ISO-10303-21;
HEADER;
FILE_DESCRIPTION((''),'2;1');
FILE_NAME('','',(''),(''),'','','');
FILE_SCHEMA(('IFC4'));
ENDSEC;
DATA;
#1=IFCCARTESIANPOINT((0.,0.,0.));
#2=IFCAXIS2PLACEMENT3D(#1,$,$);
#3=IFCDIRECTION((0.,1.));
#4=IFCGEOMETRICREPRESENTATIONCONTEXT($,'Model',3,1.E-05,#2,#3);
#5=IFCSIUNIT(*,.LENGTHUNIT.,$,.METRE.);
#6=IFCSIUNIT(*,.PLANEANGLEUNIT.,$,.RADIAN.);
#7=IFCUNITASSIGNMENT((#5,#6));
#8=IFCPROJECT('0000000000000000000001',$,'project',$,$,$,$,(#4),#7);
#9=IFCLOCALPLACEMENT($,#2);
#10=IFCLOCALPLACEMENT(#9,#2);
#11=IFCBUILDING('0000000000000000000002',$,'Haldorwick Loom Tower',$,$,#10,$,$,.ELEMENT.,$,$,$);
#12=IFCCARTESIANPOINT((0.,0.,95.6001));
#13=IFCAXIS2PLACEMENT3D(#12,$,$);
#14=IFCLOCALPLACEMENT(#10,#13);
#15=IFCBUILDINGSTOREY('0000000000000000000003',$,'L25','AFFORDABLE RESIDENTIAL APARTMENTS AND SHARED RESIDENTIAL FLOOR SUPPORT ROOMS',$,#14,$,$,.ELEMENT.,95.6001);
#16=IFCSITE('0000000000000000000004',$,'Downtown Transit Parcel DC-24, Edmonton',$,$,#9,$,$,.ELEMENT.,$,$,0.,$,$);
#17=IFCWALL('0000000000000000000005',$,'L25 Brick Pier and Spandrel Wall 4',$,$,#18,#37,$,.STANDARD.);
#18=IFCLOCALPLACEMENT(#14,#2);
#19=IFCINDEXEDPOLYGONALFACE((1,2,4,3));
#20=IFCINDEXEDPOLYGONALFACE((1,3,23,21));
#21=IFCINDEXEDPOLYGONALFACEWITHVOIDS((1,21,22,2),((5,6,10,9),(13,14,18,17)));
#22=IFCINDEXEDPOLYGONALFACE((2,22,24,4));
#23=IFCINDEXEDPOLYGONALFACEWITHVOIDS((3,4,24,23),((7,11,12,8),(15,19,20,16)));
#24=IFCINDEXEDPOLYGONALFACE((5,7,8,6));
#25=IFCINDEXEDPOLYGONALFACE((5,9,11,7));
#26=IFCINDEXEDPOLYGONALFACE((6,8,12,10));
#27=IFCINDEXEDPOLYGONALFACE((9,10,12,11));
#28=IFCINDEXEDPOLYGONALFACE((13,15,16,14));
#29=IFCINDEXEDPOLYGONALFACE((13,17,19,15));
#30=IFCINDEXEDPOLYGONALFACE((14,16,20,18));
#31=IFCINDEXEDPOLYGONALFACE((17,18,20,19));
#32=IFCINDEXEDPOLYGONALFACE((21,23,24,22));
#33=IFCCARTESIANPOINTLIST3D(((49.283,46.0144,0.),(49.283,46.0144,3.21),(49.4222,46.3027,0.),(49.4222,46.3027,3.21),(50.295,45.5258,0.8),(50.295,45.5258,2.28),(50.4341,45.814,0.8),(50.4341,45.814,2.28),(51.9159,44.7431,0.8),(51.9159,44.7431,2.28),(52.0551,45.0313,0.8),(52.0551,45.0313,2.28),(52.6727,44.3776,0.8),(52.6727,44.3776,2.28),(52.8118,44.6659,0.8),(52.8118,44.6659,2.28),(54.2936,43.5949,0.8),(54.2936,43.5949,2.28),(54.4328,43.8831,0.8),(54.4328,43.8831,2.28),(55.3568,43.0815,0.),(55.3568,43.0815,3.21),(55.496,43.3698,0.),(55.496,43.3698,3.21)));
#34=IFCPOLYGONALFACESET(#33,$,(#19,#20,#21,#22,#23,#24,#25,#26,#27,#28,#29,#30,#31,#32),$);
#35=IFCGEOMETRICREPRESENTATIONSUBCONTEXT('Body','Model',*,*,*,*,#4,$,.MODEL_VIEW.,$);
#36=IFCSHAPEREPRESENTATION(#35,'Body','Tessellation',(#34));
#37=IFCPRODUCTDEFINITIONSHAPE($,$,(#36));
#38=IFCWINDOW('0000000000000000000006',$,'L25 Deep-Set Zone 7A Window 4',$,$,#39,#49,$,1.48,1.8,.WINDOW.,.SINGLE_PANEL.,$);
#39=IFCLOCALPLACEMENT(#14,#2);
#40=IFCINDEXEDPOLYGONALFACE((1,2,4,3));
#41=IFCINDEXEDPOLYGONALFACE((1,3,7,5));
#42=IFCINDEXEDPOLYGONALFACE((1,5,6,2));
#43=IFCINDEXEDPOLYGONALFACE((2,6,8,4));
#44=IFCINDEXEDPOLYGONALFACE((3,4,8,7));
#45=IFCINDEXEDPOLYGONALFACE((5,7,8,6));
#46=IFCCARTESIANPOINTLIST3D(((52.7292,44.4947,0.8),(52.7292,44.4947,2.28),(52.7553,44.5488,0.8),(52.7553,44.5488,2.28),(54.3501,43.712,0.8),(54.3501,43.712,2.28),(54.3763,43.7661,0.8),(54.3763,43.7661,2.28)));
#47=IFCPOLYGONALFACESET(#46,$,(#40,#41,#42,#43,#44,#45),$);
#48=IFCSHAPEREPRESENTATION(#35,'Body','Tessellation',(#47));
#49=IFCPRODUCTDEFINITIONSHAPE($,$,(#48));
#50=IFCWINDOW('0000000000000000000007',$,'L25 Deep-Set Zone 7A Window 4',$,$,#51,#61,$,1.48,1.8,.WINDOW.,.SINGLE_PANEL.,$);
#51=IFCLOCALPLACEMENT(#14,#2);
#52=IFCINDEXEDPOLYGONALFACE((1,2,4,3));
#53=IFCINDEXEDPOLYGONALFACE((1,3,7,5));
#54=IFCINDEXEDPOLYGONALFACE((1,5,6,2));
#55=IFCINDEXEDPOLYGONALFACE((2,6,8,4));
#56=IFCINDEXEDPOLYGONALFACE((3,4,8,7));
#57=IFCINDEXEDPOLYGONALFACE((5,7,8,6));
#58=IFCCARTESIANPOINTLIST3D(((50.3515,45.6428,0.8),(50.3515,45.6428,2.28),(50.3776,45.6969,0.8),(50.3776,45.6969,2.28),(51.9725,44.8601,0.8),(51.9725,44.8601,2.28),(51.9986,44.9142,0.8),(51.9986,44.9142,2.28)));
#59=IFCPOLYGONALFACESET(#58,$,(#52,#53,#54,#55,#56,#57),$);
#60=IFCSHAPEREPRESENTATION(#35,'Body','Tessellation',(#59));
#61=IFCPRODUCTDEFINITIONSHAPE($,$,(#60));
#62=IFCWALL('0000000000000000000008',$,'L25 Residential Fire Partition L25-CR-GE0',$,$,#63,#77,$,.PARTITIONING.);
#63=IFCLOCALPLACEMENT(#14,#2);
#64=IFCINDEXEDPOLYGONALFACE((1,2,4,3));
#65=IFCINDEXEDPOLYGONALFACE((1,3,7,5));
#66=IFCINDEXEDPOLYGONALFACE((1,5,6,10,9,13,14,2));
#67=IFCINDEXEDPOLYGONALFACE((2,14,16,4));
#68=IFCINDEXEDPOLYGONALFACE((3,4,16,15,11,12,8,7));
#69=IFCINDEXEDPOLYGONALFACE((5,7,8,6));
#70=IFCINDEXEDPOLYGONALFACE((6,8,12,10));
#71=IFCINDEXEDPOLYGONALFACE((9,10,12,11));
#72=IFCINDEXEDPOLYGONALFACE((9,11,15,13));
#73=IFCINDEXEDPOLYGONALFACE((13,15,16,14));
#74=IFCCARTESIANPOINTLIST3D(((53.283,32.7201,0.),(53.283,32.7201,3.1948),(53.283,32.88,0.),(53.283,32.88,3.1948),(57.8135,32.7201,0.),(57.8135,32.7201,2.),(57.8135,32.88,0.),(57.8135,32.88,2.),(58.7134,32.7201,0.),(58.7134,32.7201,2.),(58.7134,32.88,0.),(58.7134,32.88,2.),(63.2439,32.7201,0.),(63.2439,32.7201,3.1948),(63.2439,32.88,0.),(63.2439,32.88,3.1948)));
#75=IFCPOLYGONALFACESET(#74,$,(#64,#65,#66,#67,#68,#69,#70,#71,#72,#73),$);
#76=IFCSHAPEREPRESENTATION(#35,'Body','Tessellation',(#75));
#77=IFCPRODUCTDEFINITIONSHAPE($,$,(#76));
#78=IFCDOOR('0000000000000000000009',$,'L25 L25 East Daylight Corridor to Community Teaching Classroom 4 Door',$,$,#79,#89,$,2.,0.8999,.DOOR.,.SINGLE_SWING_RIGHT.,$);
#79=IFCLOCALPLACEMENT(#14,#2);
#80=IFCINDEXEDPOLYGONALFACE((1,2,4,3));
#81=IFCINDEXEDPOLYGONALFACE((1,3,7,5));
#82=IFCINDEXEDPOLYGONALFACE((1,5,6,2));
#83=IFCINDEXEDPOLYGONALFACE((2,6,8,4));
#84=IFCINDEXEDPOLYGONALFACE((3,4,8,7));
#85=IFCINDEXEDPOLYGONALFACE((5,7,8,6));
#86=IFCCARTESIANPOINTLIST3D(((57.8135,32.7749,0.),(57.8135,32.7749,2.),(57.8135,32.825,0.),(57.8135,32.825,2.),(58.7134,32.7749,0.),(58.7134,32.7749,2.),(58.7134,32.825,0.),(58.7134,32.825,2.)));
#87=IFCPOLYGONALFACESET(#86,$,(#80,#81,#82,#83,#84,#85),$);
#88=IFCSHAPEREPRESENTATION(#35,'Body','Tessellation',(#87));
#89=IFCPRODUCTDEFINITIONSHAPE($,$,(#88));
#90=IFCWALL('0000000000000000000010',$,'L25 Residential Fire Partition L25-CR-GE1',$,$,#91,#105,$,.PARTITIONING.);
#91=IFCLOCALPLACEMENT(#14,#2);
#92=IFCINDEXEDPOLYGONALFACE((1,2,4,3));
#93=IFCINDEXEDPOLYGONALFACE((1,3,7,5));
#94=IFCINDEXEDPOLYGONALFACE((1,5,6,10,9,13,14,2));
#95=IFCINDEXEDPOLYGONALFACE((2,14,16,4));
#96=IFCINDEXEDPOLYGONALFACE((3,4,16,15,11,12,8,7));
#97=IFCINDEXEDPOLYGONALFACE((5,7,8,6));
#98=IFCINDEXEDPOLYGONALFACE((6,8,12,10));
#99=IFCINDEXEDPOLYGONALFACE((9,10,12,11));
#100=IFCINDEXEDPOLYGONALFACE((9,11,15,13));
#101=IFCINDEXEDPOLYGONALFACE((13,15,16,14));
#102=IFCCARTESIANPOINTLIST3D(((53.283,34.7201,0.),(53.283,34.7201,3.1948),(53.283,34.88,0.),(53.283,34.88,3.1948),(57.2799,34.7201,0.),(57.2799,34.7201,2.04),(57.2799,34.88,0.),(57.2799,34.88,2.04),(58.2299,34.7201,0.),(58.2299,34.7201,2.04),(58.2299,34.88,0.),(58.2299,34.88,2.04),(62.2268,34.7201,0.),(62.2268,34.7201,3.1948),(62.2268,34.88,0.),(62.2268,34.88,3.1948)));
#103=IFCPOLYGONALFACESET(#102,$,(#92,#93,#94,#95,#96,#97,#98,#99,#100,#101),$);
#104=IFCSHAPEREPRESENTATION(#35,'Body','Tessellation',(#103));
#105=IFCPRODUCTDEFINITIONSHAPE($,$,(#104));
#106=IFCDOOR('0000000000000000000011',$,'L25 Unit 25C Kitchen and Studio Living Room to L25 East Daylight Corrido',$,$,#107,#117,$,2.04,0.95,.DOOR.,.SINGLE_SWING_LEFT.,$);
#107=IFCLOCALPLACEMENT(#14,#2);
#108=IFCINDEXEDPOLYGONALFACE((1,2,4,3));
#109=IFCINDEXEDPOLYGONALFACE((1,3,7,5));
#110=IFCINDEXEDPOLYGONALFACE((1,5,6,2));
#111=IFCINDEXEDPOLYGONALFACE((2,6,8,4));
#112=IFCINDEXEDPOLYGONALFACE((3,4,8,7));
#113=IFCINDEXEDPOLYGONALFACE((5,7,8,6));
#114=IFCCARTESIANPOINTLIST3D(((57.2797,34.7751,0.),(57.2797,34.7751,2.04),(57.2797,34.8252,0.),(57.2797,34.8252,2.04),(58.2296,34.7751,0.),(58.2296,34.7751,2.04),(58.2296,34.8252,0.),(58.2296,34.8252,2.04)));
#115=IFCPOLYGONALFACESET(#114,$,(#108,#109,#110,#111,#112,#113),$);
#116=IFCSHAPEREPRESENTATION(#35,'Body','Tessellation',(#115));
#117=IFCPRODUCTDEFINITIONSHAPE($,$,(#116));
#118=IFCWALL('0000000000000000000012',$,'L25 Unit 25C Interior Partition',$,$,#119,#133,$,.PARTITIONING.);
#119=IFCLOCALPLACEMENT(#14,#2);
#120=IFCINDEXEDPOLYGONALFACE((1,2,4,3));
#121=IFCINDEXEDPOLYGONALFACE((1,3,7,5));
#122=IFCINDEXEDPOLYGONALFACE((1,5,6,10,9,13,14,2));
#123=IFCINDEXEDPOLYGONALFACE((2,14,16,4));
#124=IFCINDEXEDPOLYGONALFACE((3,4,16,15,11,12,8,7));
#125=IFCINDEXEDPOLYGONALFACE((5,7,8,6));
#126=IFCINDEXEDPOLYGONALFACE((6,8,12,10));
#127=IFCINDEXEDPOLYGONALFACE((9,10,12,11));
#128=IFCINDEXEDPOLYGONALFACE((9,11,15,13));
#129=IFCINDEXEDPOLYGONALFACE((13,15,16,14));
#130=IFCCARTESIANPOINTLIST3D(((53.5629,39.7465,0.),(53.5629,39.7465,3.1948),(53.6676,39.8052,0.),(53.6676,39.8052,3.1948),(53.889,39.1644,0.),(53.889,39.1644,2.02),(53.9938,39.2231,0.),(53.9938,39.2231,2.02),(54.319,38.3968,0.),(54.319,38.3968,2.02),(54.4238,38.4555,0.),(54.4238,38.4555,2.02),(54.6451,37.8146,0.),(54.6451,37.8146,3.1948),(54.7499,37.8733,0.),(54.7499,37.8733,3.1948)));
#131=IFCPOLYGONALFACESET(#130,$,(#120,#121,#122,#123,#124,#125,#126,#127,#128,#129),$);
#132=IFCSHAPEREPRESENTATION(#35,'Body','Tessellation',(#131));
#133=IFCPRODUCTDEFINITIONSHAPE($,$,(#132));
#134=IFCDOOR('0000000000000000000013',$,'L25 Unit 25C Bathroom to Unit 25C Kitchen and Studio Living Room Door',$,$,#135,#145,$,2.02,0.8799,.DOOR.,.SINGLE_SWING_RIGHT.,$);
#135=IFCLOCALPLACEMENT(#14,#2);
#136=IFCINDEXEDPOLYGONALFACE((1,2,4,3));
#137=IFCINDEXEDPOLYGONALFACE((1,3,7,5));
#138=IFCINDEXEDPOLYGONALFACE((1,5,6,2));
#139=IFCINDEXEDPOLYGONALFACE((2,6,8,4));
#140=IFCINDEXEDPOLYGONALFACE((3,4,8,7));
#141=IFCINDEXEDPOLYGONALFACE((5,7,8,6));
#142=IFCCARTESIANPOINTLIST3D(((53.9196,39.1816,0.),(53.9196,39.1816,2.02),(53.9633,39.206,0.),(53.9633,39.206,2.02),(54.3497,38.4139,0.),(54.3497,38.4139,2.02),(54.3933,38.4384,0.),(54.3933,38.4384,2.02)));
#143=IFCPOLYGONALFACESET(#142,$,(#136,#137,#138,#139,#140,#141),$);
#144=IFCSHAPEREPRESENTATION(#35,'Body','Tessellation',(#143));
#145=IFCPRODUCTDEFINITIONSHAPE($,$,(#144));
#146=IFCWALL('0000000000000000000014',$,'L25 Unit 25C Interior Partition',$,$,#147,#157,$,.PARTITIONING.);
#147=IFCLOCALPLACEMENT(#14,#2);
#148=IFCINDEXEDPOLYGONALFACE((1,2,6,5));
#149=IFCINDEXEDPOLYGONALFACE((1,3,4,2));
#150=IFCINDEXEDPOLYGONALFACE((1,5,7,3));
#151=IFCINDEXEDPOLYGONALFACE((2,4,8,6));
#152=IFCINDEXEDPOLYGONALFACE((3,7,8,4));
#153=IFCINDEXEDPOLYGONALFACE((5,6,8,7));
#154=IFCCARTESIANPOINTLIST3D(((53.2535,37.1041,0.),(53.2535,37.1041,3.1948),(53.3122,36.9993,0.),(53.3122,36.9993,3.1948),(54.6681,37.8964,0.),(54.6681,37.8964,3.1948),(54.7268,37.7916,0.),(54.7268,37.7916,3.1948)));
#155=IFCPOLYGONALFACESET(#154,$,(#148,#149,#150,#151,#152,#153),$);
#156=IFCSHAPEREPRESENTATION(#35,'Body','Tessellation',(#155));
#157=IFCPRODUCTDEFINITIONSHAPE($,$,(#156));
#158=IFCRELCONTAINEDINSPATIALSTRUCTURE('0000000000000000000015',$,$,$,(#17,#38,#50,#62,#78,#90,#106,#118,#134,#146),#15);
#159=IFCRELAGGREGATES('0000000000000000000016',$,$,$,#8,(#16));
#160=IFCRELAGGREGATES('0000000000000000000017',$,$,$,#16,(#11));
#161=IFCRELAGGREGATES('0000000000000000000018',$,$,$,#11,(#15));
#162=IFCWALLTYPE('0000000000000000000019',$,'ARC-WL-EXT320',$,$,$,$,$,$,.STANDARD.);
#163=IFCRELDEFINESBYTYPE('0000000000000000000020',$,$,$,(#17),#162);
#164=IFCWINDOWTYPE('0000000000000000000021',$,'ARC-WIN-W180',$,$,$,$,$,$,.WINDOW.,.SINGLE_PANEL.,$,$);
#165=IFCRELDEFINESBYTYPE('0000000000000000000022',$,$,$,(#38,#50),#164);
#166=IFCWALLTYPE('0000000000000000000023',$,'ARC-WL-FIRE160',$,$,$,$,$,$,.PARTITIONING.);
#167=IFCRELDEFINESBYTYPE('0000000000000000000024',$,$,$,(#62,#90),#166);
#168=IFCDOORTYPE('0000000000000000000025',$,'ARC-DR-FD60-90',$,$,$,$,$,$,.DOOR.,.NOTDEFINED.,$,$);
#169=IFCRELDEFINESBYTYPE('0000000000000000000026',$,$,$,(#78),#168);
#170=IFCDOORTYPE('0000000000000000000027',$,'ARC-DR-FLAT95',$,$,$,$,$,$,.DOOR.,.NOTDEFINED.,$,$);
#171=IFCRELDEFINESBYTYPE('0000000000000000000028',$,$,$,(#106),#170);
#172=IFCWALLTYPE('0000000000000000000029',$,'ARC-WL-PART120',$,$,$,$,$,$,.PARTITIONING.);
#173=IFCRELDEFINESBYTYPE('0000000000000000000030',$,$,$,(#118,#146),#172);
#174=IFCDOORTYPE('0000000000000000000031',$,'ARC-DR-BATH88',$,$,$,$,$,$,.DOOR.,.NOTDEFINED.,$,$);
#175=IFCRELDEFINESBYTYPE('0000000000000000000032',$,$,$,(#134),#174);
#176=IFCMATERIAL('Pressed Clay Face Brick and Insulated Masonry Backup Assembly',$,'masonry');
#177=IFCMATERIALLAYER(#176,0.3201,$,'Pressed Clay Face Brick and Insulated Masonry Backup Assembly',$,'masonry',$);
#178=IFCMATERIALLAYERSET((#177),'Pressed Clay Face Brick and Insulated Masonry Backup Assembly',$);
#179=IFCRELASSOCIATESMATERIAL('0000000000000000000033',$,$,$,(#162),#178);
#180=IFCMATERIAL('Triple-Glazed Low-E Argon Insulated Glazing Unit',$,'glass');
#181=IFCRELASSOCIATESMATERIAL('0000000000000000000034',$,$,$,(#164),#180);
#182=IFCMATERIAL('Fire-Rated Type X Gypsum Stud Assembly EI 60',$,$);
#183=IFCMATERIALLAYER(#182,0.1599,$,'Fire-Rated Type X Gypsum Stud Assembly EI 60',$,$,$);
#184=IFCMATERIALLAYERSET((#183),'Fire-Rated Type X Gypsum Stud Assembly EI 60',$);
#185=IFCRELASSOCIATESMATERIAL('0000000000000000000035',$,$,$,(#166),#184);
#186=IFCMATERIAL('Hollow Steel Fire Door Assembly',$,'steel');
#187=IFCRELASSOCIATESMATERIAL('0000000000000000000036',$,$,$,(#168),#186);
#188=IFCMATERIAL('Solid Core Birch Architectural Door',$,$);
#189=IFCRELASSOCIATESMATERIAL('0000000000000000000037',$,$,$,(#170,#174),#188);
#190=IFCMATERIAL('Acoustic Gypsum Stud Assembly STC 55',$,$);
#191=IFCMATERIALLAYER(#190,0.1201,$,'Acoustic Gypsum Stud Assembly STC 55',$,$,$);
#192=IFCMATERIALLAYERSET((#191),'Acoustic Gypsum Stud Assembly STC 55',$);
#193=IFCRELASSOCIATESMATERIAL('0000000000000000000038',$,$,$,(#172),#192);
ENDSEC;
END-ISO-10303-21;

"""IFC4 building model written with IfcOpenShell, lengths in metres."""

from ifc_helpers import new_model, si_unit, direction, frame, frame_2d, origin, place, context, subcontext, project, spatial, rectangle, extrude, material, layer, layer_set, type_object, element, fill, save


model = new_model("IFC4")

# Units and contexts
model_context = context("Model", 3, precision=1e-05, world=origin(), true_north=direction((0.0, 1.0)))
body_context = subcontext(model_context, "Body", "Model", "MODEL_VIEW")
ifc_project = project(units=[si_unit("LENGTHUNIT", "METRE"), si_unit("PLANEANGLEUNIT", "RADIAN")], contexts=[model_context])

# Site, building, storey
site_placement = place(None, origin())
site = spatial("IfcSite", under=ifc_project, at=site_placement, Name="Downtown Transit Parcel DC-24, Edmonton", CompositionType="ELEMENT", RefElevation=0.0)
building_placement = place(site_placement, origin())
building = spatial("IfcBuilding", under=site, at=building_placement, Name="Haldorwick Loom Tower", CompositionType="ELEMENT")
storey_placement = place(building_placement, frame((0.0, 0.0, 95.6001)))
storey = spatial("IfcBuildingStorey", under=building, at=storey_placement, Name="L25", Description="AFFORDABLE RESIDENTIAL APARTMENTS AND SHARED RESIDENTIAL FLOOR SUPPORT ROOMS", CompositionType="ELEMENT", Elevation=95.6001)

# Shared definitions
ifc_material_1 = material(Name="Pressed Clay Face Brick and Insulated Masonry Backup Assembly", Category="masonry")
ifc_layer_1 = layer(ifc_material_1, 0.3201, Name="Pressed Clay Face Brick and Insulated Masonry Backup Assembly", Category="masonry")
ifc_layer_set_1 = layer_set([ifc_layer_1], Name="Pressed Clay Face Brick and Insulated Masonry Backup Assembly")
wall_type_1 = type_object("IfcWallType", Name="ARC-WL-EXT320", PredefinedType="STANDARD", material=ifc_layer_set_1)

# Shared definitions
ifc_material_2 = material(Name="Triple-Glazed Low-E Argon Insulated Glazing Unit", Category="glass")
window_type = type_object("IfcWindowType", Name="ARC-WIN-W180", PartitioningType="SINGLE_PANEL", PredefinedType="WINDOW", material=ifc_material_2)

# Wall, openings, windows
wall_1_placement = place(storey_placement, frame((55.4265, 43.2256, 0.0), z_axis=(0.0, 0.0, 1.0), x_axis=(-0.90051, 0.434835, 0.0)))
wall_1 = element("IfcWall", 1, at=wall_1_placement, inside=storey, type_object=wall_type_1, Name="L25 Brick Pier and Spandrel Wall 4", PredefinedType="STANDARD", context=body_context, shape_type="SweptSolid", body=[
    extrude(rectangle(XDim=6.7449, YDim=0.3201, at=frame_2d((3.3726, 0.0))), origin(), (0.0, 0.0, 1.0), 3.21),
])
opening_1_placement = place(wall_1_placement, frame((1.1809, 0.0, 0.8)))
opening_1 = element("IfcOpeningElement", 2, at=opening_1_placement, cuts=wall_1, PredefinedType="OPENING", context=body_context, shape_type="SweptSolid", body=[
    extrude(rectangle(XDim=1.8, YDim=1.48, at=frame_2d((0.8999, 0.74))), frame((0.0, 0.1699, 0.0), z_axis=(0.0, -1.0, 0.0), x_axis=(1.0, 0.0, 0.0)), (0.0, 0.0, 1.0), 0.3401),
])
opening_2_placement = place(wall_1_placement, frame((3.8213, 0.0, 0.8)))
opening_2 = element("IfcOpeningElement", 3, at=opening_2_placement, cuts=wall_1, PredefinedType="OPENING", context=body_context, shape_type="SweptSolid", body=[
    extrude(rectangle(XDim=1.8, YDim=1.48, at=frame_2d((0.8999, 0.74))), frame((0.0, 0.1699, 0.0), z_axis=(0.0, -1.0, 0.0), x_axis=(1.0, 0.0, 0.0)), (0.0, 0.0, 1.0), 0.3401),
])
window_1_placement = place(opening_1_placement, origin())
window_1 = element("IfcWindow", 4, at=window_1_placement, inside=storey, type_object=window_type, Name="L25 Deep-Set Zone 7A Window 4", OverallHeight=1.48, OverallWidth=1.8, PartitioningType="SINGLE_PANEL", PredefinedType="WINDOW", context=body_context, shape_type="SweptSolid", body=[
    extrude(rectangle(XDim=1.8, YDim=1.48, at=frame_2d((0.8999, 0.74))), frame((0.0, 0.03, 0.0), z_axis=(0.0, -1.0, 0.0), x_axis=(1.0, 0.0, 0.0)), (0.0, 0.0, 1.0), 0.0601),
])
fill(opening_1, window_1)
window_2_placement = place(opening_2_placement, origin())
window_2 = element("IfcWindow", 5, at=window_2_placement, inside=storey, type_object=window_type, Name="L25 Deep-Set Zone 7A Window 4", OverallHeight=1.48, OverallWidth=1.8, PartitioningType="SINGLE_PANEL", PredefinedType="WINDOW", context=body_context, shape_type="SweptSolid", body=[
    extrude(rectangle(XDim=1.8, YDim=1.48, at=frame_2d((0.8999, 0.74))), frame((0.0, 0.03, 0.0), z_axis=(0.0, -1.0, 0.0), x_axis=(1.0, 0.0, 0.0)), (0.0, 0.0, 1.0), 0.0601),
])
fill(opening_2, window_2)

# Walls, openings, doors
ifc_material_3 = material(Name="Fire-Rated Type X Gypsum Stud Assembly EI 60")
ifc_layer_2 = layer(ifc_material_3, 0.1599, Name="Fire-Rated Type X Gypsum Stud Assembly EI 60")
ifc_layer_set_2 = layer_set([ifc_layer_2], Name="Fire-Rated Type X Gypsum Stud Assembly EI 60")
wall_type_2 = type_object("IfcWallType", Name="ARC-WL-FIRE160", PredefinedType="PARTITIONING", material=ifc_layer_set_2)
wall_2_placement = place(storey_placement, frame((53.283, 32.8, 0.0), z_axis=(0.0, 0.0, 1.0), x_axis=(1.0, 0.0, 0.0)))
wall_2 = element("IfcWall", 6, at=wall_2_placement, inside=storey, type_object=wall_type_2, Name="L25 Residential Fire Partition L25-CR-GE0", PredefinedType="PARTITIONING", context=body_context, shape_type="SweptSolid", body=[
    extrude(rectangle(XDim=9.9609, YDim=0.1599, at=frame_2d((4.9805, 0.0))), origin(), (0.0, 0.0, 1.0), 3.1948),
])
opening_3_placement = place(wall_2_placement, frame((4.5305, 0.0, 0.0)))
opening_3 = element("IfcOpeningElement", 7, at=opening_3_placement, cuts=wall_2, PredefinedType="OPENING", context=body_context, shape_type="SweptSolid", body=[
    extrude(rectangle(XDim=0.8999, YDim=2.0, at=frame_2d((0.45, 1.0))), frame((0.0, 0.0898, 0.0), z_axis=(0.0, -1.0, 0.0), x_axis=(1.0, 0.0, 0.0)), (0.0, 0.0, 1.0), 0.1799),
])
ifc_material_4 = material(Name="Hollow Steel Fire Door Assembly", Category="steel")
door_type_1 = type_object("IfcDoorType", Name="ARC-DR-FD60-90", OperationType="NOTDEFINED", PredefinedType="DOOR", material=ifc_material_4)
door_1_placement = place(opening_3_placement, origin())
door_1 = element("IfcDoor", 8, at=door_1_placement, inside=storey, type_object=door_type_1, Name="L25 L25 East Daylight Corridor to Community Teaching Classroom 4 Door", OperationType="SINGLE_SWING_RIGHT", OverallHeight=2.0, OverallWidth=0.8999, PredefinedType="DOOR", context=body_context, shape_type="SweptSolid", body=[
    extrude(rectangle(XDim=0.8999, YDim=2.0, at=frame_2d((0.45, 1.0))), frame((0.0, 0.0249, 0.0), z_axis=(0.0, -1.0, 0.0), x_axis=(1.0, 0.0, 0.0)), (0.0, 0.0, 1.0), 0.05),
])
fill(opening_3, door_1)
wall_3_placement = place(storey_placement, frame((53.283, 34.8, 0.0), z_axis=(0.0, 0.0, 1.0), x_axis=(1.0, 0.0, 0.0)))
wall_3 = element("IfcWall", 9, at=wall_3_placement, inside=storey, type_object=wall_type_2, Name="L25 Residential Fire Partition L25-CR-GE1", PredefinedType="PARTITIONING", context=body_context, shape_type="SweptSolid", body=[
    extrude(rectangle(XDim=8.9438, YDim=0.1599, at=frame_2d((4.4719, 0.0))), origin(), (0.0, 0.0, 1.0), 3.1948),
])
opening_4_placement = place(wall_3_placement, frame((3.9968, 0.0, 0.0)))
opening_4 = element("IfcOpeningElement", 10, at=opening_4_placement, cuts=wall_3, PredefinedType="OPENING", context=body_context, shape_type="SweptSolid", body=[
    extrude(rectangle(XDim=0.95, YDim=2.04, at=frame_2d((0.4751, 1.02))), frame((0.0, 0.0898, 0.0), z_axis=(0.0, -1.0, 0.0), x_axis=(1.0, 0.0, 0.0)), (0.0, 0.0, 1.0), 0.1799),
])
ifc_material_5 = material(Name="Solid Core Birch Architectural Door")
door_type_2 = type_object("IfcDoorType", Name="ARC-DR-FLAT95", OperationType="NOTDEFINED", PredefinedType="DOOR", material=ifc_material_5)
door_2_placement = place(opening_4_placement, frame((0.95, 0.0, 0.0), z_axis=(0.0, 0.0, 1.0), x_axis=(-1.0, 0.0, 0.0)))
door_2 = element("IfcDoor", 11, at=door_2_placement, inside=storey, type_object=door_type_2, Name="L25 Unit 25C Kitchen and Studio Living Room to L25 East Daylight Corrido", OperationType="SINGLE_SWING_LEFT", OverallHeight=2.04, OverallWidth=0.95, PredefinedType="DOOR", context=body_context, shape_type="SweptSolid", body=[
    extrude(rectangle(XDim=0.95, YDim=2.04, at=frame_2d((0.4751, 1.02))), frame((0.0, 0.0249, 0.0), z_axis=(0.0, -1.0, 0.0), x_axis=(1.0, 0.0, 0.0)), (0.0, 0.0, 1.0), 0.05),
])
fill(opening_4, door_2)
ifc_material_6 = material(Name="Acoustic Gypsum Stud Assembly STC 55")
ifc_layer_3 = layer(ifc_material_6, 0.1201, Name="Acoustic Gypsum Stud Assembly STC 55")
ifc_layer_set_3 = layer_set([ifc_layer_3], Name="Acoustic Gypsum Stud Assembly STC 55")
wall_type_3 = type_object("IfcWallType", Name="ARC-WL-PART120", PredefinedType="PARTITIONING", material=ifc_layer_set_3)
wall_4_placement = place(storey_placement, frame((54.6975, 37.844, 0.0), z_axis=(0.0, 0.0, 1.0), x_axis=(-0.488748, 0.872425, 0.0)))
wall_4 = element("IfcWall", 12, at=wall_4_placement, inside=storey, type_object=wall_type_3, Name="L25 Unit 25C Interior Partition", PredefinedType="PARTITIONING", context=body_context, shape_type="SweptSolid", body=[
    extrude(rectangle(XDim=2.2144, YDim=0.1201, at=frame_2d((1.1072, 0.0))), origin(), (0.0, 0.0, 1.0), 3.1948),
])
opening_5_placement = place(wall_4_placement, frame((0.6672, 0.0, 0.0)))
opening_5 = element("IfcOpeningElement", 13, at=opening_5_placement, cuts=wall_4, PredefinedType="OPENING", context=body_context, shape_type="SweptSolid", body=[
    extrude(rectangle(XDim=0.8799, YDim=2.02, at=frame_2d((0.4399, 1.01))), frame((0.0, 0.0701, 0.0), z_axis=(0.0, -1.0, 0.0), x_axis=(1.0, 0.0, 0.0)), (0.0, 0.0, 1.0), 0.1401),
])
door_type_3 = type_object("IfcDoorType", Name="ARC-DR-BATH88", OperationType="NOTDEFINED", PredefinedType="DOOR", material=ifc_material_5)
door_3_placement = place(opening_5_placement, origin())
door_3 = element("IfcDoor", 14, at=door_3_placement, inside=storey, type_object=door_type_3, Name="L25 Unit 25C Bathroom to Unit 25C Kitchen and Studio Living Room Door", OperationType="SINGLE_SWING_RIGHT", OverallHeight=2.02, OverallWidth=0.8799, PredefinedType="DOOR", context=body_context, shape_type="SweptSolid", body=[
    extrude(rectangle(XDim=0.8799, YDim=2.02, at=frame_2d((0.4399, 1.01))), frame((0.0, 0.0249, 0.0), z_axis=(0.0, -1.0, 0.0), x_axis=(1.0, 0.0, 0.0)), (0.0, 0.0, 1.0), 0.05),
])
fill(opening_5, door_3)

# Wall
wall_5_placement = place(storey_placement, frame((53.283, 37.0518, 0.0), z_axis=(0.0, 0.0, 1.0), x_axis=(0.872483, 0.488645, 0.0)))
element("IfcWall", 15, at=wall_5_placement, inside=storey, type_object=wall_type_3, Name="L25 Unit 25C Interior Partition", PredefinedType="PARTITIONING", context=body_context, shape_type="SweptSolid", body=[
    extrude(rectangle(XDim=1.6213, YDim=0.1201, at=frame_2d((0.8105, 0.0))), origin(), (0.0, 0.0, 1.0), 3.1948),
])

save(model, "model.ifc")
